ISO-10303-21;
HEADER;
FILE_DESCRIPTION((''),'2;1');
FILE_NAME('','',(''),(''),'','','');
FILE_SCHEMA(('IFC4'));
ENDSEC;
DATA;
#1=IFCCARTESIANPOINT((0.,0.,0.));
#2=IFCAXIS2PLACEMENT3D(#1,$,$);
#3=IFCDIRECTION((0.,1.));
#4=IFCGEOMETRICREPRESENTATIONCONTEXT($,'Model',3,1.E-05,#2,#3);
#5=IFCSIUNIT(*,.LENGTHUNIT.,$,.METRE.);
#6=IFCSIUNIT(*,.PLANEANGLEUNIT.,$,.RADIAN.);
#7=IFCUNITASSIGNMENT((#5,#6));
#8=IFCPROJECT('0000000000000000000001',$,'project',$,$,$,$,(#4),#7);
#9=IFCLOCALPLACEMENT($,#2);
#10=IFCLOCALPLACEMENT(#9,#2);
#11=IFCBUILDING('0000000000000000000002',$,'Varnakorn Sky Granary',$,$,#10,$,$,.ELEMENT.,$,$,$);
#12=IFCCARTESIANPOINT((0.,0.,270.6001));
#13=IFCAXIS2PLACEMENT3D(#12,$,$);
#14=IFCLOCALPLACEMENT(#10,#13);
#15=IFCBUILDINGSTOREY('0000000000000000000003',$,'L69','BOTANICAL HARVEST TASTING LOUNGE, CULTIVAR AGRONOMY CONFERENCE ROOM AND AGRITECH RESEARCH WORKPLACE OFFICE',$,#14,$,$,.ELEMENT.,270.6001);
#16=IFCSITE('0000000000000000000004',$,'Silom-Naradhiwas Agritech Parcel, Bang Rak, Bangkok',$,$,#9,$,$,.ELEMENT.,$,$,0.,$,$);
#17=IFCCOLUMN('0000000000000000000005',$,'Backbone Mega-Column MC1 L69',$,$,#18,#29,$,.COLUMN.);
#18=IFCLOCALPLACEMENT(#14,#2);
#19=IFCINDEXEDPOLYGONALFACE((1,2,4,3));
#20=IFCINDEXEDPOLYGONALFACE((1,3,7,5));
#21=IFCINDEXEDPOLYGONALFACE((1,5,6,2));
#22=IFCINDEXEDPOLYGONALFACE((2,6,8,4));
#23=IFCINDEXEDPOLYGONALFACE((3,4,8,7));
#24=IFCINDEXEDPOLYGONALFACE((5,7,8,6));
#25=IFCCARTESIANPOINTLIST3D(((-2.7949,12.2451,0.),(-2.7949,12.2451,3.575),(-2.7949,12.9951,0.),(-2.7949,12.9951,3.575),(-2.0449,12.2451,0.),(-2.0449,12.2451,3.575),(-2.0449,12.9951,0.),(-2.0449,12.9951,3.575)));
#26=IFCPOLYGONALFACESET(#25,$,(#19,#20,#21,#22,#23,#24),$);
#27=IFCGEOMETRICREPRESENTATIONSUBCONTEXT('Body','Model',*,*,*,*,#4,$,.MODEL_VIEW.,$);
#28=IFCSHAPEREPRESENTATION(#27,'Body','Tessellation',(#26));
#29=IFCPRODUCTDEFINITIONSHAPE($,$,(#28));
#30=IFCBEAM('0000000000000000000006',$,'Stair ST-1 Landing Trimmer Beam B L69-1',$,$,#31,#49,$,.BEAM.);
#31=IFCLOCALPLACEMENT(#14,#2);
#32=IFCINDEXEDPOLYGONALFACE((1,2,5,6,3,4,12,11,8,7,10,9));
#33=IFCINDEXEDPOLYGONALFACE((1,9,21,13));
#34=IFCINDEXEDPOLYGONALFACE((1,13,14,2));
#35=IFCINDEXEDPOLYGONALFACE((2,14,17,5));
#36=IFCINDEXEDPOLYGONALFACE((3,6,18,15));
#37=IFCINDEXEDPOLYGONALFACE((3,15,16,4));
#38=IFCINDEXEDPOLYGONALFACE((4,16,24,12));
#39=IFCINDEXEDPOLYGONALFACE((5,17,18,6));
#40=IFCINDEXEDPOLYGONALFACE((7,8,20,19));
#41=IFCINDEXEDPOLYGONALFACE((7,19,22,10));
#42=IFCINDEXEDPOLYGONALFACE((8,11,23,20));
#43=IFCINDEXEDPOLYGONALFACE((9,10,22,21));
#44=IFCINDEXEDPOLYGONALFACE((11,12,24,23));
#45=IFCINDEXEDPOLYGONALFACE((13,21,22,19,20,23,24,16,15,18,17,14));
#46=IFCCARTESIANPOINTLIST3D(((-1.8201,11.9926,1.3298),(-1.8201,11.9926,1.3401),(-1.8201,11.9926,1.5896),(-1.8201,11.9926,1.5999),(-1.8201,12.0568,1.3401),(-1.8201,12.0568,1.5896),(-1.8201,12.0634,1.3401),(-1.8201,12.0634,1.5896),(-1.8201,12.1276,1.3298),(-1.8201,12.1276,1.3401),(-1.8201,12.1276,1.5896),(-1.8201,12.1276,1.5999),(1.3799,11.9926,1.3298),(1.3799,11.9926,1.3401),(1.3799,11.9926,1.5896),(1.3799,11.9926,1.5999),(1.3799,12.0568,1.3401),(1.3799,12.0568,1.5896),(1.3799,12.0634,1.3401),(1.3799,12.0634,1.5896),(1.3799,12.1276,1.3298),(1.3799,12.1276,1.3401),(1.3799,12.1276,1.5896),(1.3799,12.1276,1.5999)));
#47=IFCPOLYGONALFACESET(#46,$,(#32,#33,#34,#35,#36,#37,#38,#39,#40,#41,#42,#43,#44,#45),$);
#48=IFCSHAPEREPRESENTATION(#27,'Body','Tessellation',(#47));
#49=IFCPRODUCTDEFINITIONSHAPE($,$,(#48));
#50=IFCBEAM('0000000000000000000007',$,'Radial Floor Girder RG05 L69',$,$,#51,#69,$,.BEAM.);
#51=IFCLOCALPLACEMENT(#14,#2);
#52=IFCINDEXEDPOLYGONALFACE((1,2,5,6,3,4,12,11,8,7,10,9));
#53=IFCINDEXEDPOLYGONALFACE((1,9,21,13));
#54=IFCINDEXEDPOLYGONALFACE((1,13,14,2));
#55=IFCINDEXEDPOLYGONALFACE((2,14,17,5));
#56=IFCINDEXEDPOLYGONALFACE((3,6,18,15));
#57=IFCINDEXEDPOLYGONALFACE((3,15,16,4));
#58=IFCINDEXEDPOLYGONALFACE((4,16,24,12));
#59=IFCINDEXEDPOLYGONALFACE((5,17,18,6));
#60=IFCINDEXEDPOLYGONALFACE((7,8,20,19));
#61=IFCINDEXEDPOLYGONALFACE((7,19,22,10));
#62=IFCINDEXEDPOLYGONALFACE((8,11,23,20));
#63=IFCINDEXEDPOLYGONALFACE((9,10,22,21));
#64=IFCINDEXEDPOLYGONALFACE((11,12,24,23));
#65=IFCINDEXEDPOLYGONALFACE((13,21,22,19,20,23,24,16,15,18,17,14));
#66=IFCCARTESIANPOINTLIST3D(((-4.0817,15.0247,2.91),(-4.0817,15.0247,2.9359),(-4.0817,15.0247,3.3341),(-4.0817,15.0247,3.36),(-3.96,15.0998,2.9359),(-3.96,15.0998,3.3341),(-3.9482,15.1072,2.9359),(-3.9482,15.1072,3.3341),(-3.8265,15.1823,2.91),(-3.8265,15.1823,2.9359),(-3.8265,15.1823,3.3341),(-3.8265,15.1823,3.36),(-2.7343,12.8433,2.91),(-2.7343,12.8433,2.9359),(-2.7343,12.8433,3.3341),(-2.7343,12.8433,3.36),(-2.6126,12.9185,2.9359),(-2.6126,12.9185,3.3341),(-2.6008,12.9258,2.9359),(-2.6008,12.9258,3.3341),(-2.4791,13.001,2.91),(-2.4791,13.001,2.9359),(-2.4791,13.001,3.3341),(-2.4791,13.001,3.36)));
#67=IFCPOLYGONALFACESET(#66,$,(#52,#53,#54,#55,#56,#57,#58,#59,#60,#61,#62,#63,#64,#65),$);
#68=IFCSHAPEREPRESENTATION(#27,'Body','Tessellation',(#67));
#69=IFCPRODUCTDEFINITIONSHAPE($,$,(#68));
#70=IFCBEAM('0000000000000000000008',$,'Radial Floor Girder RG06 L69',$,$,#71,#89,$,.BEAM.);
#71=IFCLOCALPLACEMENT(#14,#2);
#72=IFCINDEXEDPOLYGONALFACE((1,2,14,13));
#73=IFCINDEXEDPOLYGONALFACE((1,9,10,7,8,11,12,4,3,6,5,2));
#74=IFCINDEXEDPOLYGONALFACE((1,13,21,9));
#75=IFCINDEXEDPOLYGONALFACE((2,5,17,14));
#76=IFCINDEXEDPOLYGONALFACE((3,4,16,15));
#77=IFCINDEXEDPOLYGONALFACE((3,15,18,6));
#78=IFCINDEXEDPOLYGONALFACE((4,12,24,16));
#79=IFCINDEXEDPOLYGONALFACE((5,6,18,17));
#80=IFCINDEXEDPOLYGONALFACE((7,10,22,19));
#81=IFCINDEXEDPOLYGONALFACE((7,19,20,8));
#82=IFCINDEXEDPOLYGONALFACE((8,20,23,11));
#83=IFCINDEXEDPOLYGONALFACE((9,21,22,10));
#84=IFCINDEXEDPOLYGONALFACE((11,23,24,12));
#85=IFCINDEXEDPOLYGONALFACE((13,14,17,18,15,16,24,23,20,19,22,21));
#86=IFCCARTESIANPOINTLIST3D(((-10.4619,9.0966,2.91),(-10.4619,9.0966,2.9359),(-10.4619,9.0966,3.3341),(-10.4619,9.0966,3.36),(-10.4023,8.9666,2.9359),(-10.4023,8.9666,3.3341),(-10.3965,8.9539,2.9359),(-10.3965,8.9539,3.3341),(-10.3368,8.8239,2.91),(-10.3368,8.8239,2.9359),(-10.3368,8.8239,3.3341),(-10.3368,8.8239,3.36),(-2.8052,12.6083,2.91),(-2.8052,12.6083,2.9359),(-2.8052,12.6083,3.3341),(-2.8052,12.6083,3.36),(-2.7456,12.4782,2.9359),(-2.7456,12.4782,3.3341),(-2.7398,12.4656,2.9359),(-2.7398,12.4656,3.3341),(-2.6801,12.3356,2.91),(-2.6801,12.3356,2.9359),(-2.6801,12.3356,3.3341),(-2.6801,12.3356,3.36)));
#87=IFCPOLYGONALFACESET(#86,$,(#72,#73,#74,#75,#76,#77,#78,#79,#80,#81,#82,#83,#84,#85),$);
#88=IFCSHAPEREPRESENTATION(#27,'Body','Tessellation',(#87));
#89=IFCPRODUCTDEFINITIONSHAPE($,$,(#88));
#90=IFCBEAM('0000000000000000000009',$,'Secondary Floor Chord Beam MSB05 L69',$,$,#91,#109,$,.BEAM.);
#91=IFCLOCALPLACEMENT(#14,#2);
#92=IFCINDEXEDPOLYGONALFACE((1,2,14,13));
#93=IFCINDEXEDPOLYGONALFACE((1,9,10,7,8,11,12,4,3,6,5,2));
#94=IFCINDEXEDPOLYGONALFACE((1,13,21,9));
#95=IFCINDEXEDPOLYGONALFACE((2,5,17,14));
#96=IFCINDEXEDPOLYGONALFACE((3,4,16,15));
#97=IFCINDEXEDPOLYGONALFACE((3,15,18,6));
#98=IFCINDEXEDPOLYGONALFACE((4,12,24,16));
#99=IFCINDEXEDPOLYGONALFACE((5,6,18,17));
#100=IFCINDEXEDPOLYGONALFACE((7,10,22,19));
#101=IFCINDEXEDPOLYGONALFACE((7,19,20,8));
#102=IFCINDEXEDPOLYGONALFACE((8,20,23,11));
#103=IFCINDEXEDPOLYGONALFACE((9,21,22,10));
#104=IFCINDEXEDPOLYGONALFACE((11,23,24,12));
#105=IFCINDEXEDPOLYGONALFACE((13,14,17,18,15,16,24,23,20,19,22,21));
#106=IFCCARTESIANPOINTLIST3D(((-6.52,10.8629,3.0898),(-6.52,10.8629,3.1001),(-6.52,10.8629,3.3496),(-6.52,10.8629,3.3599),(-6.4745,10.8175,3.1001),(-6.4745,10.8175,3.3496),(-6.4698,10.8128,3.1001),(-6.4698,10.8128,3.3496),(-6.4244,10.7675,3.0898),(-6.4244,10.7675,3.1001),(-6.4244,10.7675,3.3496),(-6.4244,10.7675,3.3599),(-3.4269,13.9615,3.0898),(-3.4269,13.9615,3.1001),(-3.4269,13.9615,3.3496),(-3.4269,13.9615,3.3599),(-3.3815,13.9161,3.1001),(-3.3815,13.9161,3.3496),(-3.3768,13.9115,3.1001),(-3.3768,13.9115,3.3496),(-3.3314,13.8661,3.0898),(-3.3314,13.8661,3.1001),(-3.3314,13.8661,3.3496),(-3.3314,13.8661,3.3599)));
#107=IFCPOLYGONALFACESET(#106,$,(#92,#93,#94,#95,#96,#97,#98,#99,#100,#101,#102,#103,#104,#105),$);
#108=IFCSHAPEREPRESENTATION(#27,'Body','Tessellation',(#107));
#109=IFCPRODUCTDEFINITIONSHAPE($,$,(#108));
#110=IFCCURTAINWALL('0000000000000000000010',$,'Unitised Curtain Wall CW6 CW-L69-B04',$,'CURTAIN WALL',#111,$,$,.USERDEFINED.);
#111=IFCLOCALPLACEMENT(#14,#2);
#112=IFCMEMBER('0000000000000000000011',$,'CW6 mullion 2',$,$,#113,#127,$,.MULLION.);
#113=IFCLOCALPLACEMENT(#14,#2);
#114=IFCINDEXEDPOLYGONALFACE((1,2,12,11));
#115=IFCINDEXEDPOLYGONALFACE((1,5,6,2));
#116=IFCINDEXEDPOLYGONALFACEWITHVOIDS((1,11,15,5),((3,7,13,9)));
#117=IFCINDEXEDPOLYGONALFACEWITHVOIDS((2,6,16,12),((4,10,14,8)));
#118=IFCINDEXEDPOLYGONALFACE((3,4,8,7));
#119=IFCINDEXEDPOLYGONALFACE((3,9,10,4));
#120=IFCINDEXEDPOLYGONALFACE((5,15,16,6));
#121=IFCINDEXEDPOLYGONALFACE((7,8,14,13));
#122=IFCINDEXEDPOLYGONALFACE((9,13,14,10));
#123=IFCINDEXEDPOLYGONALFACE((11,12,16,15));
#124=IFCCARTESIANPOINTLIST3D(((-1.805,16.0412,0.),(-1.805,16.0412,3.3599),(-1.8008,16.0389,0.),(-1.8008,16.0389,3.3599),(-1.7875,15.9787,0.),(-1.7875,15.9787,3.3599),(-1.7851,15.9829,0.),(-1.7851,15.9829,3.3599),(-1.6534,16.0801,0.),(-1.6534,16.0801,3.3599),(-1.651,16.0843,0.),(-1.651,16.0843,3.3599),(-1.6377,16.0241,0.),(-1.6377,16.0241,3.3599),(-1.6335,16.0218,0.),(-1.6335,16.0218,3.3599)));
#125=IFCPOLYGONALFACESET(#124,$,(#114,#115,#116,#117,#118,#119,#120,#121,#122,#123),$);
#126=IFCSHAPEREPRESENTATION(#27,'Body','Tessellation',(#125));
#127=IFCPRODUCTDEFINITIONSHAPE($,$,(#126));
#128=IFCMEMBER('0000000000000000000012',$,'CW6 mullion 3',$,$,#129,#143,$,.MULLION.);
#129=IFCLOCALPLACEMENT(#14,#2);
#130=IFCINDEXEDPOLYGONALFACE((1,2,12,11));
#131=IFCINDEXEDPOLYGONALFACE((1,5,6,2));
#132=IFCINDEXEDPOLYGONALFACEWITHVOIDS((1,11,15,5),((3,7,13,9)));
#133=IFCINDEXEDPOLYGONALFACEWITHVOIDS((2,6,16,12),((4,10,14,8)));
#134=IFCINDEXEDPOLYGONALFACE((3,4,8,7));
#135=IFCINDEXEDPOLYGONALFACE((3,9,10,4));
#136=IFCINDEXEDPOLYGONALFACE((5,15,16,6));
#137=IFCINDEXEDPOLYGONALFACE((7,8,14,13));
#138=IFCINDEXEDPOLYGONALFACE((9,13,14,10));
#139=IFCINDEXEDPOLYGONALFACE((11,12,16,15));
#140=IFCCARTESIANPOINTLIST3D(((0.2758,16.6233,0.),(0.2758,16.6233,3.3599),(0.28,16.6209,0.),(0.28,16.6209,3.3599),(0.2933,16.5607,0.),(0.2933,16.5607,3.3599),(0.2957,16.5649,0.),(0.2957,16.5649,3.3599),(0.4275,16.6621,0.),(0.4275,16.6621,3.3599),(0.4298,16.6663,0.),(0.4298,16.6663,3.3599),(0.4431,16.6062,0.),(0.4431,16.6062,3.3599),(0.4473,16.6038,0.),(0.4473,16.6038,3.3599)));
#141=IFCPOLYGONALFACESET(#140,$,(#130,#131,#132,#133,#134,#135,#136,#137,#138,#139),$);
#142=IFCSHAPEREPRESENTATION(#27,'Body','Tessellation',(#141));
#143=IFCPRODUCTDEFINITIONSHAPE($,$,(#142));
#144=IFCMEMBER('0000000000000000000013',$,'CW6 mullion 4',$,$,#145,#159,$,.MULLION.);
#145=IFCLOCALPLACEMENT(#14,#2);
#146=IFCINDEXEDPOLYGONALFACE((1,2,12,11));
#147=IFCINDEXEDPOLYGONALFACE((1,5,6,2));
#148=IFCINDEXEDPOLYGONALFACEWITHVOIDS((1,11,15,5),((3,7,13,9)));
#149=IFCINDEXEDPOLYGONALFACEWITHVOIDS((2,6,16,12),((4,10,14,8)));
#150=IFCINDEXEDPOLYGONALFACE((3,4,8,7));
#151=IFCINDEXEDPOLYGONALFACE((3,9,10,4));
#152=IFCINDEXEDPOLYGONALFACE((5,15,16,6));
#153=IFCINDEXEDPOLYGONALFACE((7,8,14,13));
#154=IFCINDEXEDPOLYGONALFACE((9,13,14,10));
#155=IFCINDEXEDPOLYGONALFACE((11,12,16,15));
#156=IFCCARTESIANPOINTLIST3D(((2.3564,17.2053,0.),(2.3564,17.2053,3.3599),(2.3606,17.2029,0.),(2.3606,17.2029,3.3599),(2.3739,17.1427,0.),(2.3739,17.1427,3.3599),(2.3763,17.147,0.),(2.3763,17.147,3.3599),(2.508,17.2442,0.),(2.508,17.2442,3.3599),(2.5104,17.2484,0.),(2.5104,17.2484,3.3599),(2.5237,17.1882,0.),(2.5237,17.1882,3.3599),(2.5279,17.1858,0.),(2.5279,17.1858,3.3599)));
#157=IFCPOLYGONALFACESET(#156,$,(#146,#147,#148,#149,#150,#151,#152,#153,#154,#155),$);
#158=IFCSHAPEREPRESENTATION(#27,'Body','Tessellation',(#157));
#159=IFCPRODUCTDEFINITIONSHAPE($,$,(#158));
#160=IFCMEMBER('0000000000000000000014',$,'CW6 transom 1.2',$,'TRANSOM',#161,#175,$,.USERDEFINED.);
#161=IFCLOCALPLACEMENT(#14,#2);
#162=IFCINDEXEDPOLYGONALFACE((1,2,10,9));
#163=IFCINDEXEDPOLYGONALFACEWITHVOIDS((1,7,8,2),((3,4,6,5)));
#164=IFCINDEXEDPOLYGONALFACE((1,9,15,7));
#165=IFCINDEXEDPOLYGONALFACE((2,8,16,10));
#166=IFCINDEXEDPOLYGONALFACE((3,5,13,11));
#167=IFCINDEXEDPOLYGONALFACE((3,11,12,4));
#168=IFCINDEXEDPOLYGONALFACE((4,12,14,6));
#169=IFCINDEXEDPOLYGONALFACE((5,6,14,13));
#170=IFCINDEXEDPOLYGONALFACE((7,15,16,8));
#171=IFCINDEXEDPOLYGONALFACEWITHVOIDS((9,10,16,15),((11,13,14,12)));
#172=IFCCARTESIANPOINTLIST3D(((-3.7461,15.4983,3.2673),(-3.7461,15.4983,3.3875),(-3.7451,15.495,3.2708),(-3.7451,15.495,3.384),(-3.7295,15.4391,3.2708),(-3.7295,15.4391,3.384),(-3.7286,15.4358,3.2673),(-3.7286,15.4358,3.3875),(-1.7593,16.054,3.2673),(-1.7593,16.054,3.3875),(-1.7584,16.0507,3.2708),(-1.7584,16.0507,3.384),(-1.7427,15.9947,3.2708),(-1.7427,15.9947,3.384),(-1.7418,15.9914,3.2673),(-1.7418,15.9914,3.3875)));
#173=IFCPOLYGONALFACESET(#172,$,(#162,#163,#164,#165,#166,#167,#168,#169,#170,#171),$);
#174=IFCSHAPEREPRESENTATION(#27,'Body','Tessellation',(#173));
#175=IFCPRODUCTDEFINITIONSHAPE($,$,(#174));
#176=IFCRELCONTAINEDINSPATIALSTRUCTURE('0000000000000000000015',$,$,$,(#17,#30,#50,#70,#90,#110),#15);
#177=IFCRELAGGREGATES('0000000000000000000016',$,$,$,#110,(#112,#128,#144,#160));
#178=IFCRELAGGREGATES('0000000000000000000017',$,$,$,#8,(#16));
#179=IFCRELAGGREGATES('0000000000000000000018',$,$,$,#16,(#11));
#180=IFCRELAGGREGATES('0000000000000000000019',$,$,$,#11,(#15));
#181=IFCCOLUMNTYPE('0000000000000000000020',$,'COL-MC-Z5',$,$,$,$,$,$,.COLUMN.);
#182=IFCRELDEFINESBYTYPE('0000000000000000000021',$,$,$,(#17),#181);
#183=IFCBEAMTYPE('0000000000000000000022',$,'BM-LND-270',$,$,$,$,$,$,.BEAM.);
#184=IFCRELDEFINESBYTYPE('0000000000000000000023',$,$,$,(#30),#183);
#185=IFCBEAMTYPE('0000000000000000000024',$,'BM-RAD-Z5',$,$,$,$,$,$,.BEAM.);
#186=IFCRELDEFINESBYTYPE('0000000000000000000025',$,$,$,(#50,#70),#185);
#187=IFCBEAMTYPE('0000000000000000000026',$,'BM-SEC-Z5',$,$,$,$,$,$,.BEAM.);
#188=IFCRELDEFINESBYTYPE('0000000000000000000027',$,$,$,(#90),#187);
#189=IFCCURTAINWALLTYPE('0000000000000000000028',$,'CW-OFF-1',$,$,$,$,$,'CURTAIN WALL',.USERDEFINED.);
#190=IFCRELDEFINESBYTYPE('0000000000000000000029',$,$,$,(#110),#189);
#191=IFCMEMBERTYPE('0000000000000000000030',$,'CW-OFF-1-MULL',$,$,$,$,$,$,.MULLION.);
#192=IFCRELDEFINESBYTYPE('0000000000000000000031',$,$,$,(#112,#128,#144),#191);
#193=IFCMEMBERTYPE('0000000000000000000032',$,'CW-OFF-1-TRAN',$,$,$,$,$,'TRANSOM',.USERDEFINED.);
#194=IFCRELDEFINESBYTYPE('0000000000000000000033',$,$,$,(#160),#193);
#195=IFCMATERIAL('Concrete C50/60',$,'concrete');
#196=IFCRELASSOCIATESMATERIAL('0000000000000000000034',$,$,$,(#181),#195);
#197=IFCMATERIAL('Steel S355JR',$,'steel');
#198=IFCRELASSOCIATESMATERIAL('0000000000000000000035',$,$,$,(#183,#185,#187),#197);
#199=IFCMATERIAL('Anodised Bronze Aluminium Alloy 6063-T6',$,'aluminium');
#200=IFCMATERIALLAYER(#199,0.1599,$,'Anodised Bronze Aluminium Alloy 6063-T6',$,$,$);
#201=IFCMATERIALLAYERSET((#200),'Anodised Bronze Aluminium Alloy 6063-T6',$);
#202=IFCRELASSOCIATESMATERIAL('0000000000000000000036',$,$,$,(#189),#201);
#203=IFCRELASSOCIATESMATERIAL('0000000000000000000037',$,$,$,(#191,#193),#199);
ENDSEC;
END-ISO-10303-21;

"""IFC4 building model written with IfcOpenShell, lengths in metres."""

from ifc_helpers import new_model, si_unit, direction, frame, origin, origin_2d, place, context, subcontext, project, spatial, rectangle, hollow_rectangle, i_section, extrude, material, layer, layer_set, material_profile, profile_set, type_object, element, aggregate, save


model = new_model("IFC4")

# Units and contexts
model_context = context("Model", 3, precision=1e-05, world=origin(), true_north=direction((0.0, 1.0)))
body_context = subcontext(model_context, "Body", "Model", "MODEL_VIEW")
ifc_project = project(units=[si_unit("LENGTHUNIT", "METRE"), si_unit("PLANEANGLEUNIT", "RADIAN")], contexts=[model_context])

# Site, building, storey
site_placement = place(None, origin())
site = spatial("IfcSite", under=ifc_project, at=site_placement, Name="Silom-Naradhiwas Agritech Parcel, Bang Rak, Bangkok", CompositionType="ELEMENT", RefElevation=0.0)
building_placement = place(site_placement, origin())
building = spatial("IfcBuilding", under=site, at=building_placement, Name="Varnakorn Sky Granary", CompositionType="ELEMENT")
storey_placement = place(building_placement, frame((0.0, 0.0, 270.6001)))
storey = spatial("IfcBuildingStorey", under=building, at=storey_placement, Name="L69", Description="BOTANICAL HARVEST TASTING LOUNGE, CULTIVAR AGRONOMY CONFERENCE ROOM AND AGRITECH RESEARCH WORKPLACE OFFICE", CompositionType="ELEMENT", Elevation=270.6001)

# Column
ifc_material_1 = material(Name="Concrete C50/60", Category="concrete")
ifc_material_profile_1 = material_profile(ifc_material_1, rectangle(XDim=0.75, YDim=0.75, at=origin_2d()), Name="RC 750x750")
ifc_profile_set_1 = profile_set([ifc_material_profile_1], Name="Concrete C50/60")
column_type = type_object("IfcColumnType", Name="COL-MC-Z5", PredefinedType="COLUMN", material=ifc_profile_set_1)
column_placement = place(storey_placement, frame((-2.4199, 12.6201, 0.0), z_axis=(0.0, 0.0, 1.0), x_axis=(1.0, 0.0, 0.0)))
element("IfcColumn", 1, at=column_placement, inside=storey, type_object=column_type, Name="Backbone Mega-Column MC1 L69", PredefinedType="COLUMN", context=body_context, shape_type="SweptSolid", body=[
    extrude(rectangle(XDim=0.75, YDim=0.75, at=origin_2d()), origin(), (0.0, 0.0, 1.0), 3.575),
])

# Beams
ifc_material_2 = material(Name="Steel S355JR", Category="steel")
ifc_material_profile_2 = material_profile(ifc_material_2, i_section(OverallWidth=0.135, OverallDepth=0.27, WebThickness=0.0066, FlangeThickness=0.0103, at=origin_2d()), Name="IPE 270")
ifc_profile_set_2 = profile_set([ifc_material_profile_2], Name="Steel S355JR")
beam_type_1 = type_object("IfcBeamType", Name="BM-LND-270", PredefinedType="BEAM", material=ifc_profile_set_2)
beam_1_placement = place(storey_placement, frame((-1.8201, 12.0601, 1.4648), z_axis=(1.0, 0.0, 0.0), x_axis=(0.0, 1.0, 0.0)))
element("IfcBeam", 2, at=beam_1_placement, inside=storey, type_object=beam_type_1, Name="Stair ST-1 Landing Trimmer Beam B L69-1", PredefinedType="BEAM", context=body_context, shape_type="SweptSolid", body=[
    extrude(i_section(OverallWidth=0.135, OverallDepth=0.27, WebThickness=0.0066, FlangeThickness=0.0103, at=origin_2d()), origin(), (0.0, 0.0, 1.0), 3.2),
])
ifc_material_profile_3 = material_profile(ifc_material_2, i_section(OverallWidth=0.3, OverallDepth=0.45, WebThickness=0.0139, FlangeThickness=0.0259, at=origin_2d()), Name="HE 450 B")
ifc_profile_set_3 = profile_set([ifc_material_profile_3], Name="Steel S355JR")
beam_type_2 = type_object("IfcBeamType", Name="BM-RAD-Z5", PredefinedType="BEAM", material=ifc_profile_set_3)
beam_2_placement = place(storey_placement, frame((-2.6067, 12.9221, 3.135), z_axis=(-0.525515, 0.850784, 0.0), x_axis=(-0.850784, -0.525515, 0.0)))
element("IfcBeam", 3, at=beam_2_placement, inside=storey, type_object=beam_type_2, Name="Radial Floor Girder RG05 L69", PredefinedType="BEAM", context=body_context, shape_type="SweptSolid", body=[
    extrude(i_section(OverallWidth=0.3, OverallDepth=0.45, WebThickness=0.0139, FlangeThickness=0.0259, at=origin_2d()), origin(), (0.0, 0.0, 1.0), 2.564),
])
beam_3_placement = place(storey_placement, frame((-2.7427, 12.4719, 3.135), z_axis=(-0.908958, -0.416888, 0.0), x_axis=(0.416888, -0.908958, 0.0)))
element("IfcBeam", 4, at=beam_3_placement, inside=storey, type_object=beam_type_2, Name="Radial Floor Girder RG06 L69", PredefinedType="BEAM", context=body_context, shape_type="SweptSolid", body=[
    extrude(i_section(OverallWidth=0.3, OverallDepth=0.45, WebThickness=0.0139, FlangeThickness=0.0259, at=origin_2d()), origin(), (0.0, 0.0, 1.0), 8.4236),
])
ifc_material_profile_4 = material_profile(ifc_material_2, i_section(OverallWidth=0.135, OverallDepth=0.27, WebThickness=0.0066, FlangeThickness=0.0103, at=origin_2d()), Name="IPE 270")
ifc_profile_set_4 = profile_set([ifc_material_profile_4], Name="Steel S355JR")
beam_type_3 = type_object("IfcBeamType", Name="BM-SEC-Z5", PredefinedType="BEAM", material=ifc_profile_set_4)
beam_4_placement = place(storey_placement, frame((-3.3792, 13.9138, 3.2249), z_axis=(-0.706465, -0.707748, 0.0), x_axis=(0.707748, -0.706465, 0.0)))
element("IfcBeam", 5, at=beam_4_placement, inside=storey, type_object=beam_type_3, Name="Secondary Floor Chord Beam MSB05 L69", PredefinedType="BEAM", context=body_context, shape_type="SweptSolid", body=[
    extrude(i_section(OverallWidth=0.135, OverallDepth=0.27, WebThickness=0.0066, FlangeThickness=0.0103, at=origin_2d()), origin(), (0.0, 0.0, 1.0), 4.3782),
])

# Curtain wall, members
ifc_material_3 = material(Name="Anodised Bronze Aluminium Alloy 6063-T6", Category="aluminium")
ifc_layer_1 = layer(ifc_material_3, 0.1599, Name="Anodised Bronze Aluminium Alloy 6063-T6")
ifc_layer_set_1 = layer_set([ifc_layer_1], Name="Anodised Bronze Aluminium Alloy 6063-T6")
curtain_wall_type = type_object("IfcCurtainWallType", Name="CW-OFF-1", ElementType="CURTAIN WALL", PredefinedType="USERDEFINED", material=ifc_layer_set_1)
curtain_wall_placement = place(storey_placement, origin())
curtain_wall = element("IfcCurtainWall", 6, at=curtain_wall_placement, inside=storey, type_object=curtain_wall_type, Name="Unitised Curtain Wall CW6 CW-L69-B04", ObjectType="CURTAIN WALL", PredefinedType="USERDEFINED")
ifc_material_profile_5 = material_profile(ifc_material_3, hollow_rectangle(XDim=0.0649, YDim=0.1599, WallThickness=0.0034, at=origin_2d()), Name="ALU MULL 65x160")
ifc_profile_set_5 = profile_set([ifc_material_profile_5], Name="Anodised Bronze Aluminium Alloy 6063-T6")
member_type_1 = type_object("IfcMemberType", Name="CW-OFF-1-MULL", PredefinedType="MULLION", material=ifc_profile_set_5)
member_1_placement = place(storey_placement, frame((-1.7192, 16.0315, 0.0), z_axis=(0.0, 0.0, 1.0), x_axis=(-0.269379, 0.963034, 0.0)))
member_1 = element("IfcMember", 7, at=member_1_placement, type_object=member_type_1, Name="CW6 mullion 2", PredefinedType="MULLION", context=body_context, shape_type="SweptSolid", body=[
    extrude(hollow_rectangle(XDim=0.0649, YDim=0.1599, WallThickness=0.0034, at=origin_2d()), origin(), (0.0, 0.0, 1.0), 3.3599),
])
member_2_placement = place(storey_placement, frame((0.3616, 16.6135, 0.0), z_axis=(0.0, 0.0, 1.0), x_axis=(-0.269379, 0.963034, 0.0)))
member_2 = element("IfcMember", 8, at=member_2_placement, type_object=member_type_1, Name="CW6 mullion 3", PredefinedType="MULLION", context=body_context, shape_type="SweptSolid", body=[
    extrude(hollow_rectangle(XDim=0.0649, YDim=0.1599, WallThickness=0.0034, at=origin_2d()), origin(), (0.0, 0.0, 1.0), 3.3599),
])
member_3_placement = place(storey_placement, frame((2.4421, 17.1956, 0.0), z_axis=(0.0, 0.0, 1.0), x_axis=(-0.269379, 0.963034, 0.0)))
member_3 = element("IfcMember", 9, at=member_3_placement, type_object=member_type_1, Name="CW6 mullion 4", PredefinedType="MULLION", context=body_context, shape_type="SweptSolid", body=[
    extrude(hollow_rectangle(XDim=0.0649, YDim=0.1599, WallThickness=0.0034, at=origin_2d()), origin(), (0.0, 0.0, 1.0), 3.3599),
])
ifc_material_profile_6 = material_profile(ifc_material_3, hollow_rectangle(XDim=0.0649, YDim=0.1201, WallThickness=0.0034, at=origin_2d()), Name="ALU TRAN 65x120")
ifc_profile_set_6 = profile_set([ifc_material_profile_6], Name="Anodised Bronze Aluminium Alloy 6063-T6")
member_type_2 = type_object("IfcMemberType", Name="CW-OFF-1-TRAN", ElementType="TRANSOM", PredefinedType="USERDEFINED", material=ifc_profile_set_6)
member_4_placement = place(storey_placement, frame((-3.7373, 15.467, 3.3274), z_axis=(0.963045, 0.26934, 0.0), x_axis=(-0.26934, 0.963045, 0.0)))
member_4 = element("IfcMember", 10, at=member_4_placement, type_object=member_type_2, Name="CW6 transom 1.2", ObjectType="TRANSOM", PredefinedType="USERDEFINED", context=body_context, shape_type="SweptSolid", body=[
    extrude(hollow_rectangle(XDim=0.0649, YDim=0.1201, WallThickness=0.0034, at=origin_2d()), origin(), (0.0, 0.0, 1.0), 2.063),
])
aggregate(curtain_wall, [member_1, member_2, member_3, member_4])

save(model, "model.ifc")
